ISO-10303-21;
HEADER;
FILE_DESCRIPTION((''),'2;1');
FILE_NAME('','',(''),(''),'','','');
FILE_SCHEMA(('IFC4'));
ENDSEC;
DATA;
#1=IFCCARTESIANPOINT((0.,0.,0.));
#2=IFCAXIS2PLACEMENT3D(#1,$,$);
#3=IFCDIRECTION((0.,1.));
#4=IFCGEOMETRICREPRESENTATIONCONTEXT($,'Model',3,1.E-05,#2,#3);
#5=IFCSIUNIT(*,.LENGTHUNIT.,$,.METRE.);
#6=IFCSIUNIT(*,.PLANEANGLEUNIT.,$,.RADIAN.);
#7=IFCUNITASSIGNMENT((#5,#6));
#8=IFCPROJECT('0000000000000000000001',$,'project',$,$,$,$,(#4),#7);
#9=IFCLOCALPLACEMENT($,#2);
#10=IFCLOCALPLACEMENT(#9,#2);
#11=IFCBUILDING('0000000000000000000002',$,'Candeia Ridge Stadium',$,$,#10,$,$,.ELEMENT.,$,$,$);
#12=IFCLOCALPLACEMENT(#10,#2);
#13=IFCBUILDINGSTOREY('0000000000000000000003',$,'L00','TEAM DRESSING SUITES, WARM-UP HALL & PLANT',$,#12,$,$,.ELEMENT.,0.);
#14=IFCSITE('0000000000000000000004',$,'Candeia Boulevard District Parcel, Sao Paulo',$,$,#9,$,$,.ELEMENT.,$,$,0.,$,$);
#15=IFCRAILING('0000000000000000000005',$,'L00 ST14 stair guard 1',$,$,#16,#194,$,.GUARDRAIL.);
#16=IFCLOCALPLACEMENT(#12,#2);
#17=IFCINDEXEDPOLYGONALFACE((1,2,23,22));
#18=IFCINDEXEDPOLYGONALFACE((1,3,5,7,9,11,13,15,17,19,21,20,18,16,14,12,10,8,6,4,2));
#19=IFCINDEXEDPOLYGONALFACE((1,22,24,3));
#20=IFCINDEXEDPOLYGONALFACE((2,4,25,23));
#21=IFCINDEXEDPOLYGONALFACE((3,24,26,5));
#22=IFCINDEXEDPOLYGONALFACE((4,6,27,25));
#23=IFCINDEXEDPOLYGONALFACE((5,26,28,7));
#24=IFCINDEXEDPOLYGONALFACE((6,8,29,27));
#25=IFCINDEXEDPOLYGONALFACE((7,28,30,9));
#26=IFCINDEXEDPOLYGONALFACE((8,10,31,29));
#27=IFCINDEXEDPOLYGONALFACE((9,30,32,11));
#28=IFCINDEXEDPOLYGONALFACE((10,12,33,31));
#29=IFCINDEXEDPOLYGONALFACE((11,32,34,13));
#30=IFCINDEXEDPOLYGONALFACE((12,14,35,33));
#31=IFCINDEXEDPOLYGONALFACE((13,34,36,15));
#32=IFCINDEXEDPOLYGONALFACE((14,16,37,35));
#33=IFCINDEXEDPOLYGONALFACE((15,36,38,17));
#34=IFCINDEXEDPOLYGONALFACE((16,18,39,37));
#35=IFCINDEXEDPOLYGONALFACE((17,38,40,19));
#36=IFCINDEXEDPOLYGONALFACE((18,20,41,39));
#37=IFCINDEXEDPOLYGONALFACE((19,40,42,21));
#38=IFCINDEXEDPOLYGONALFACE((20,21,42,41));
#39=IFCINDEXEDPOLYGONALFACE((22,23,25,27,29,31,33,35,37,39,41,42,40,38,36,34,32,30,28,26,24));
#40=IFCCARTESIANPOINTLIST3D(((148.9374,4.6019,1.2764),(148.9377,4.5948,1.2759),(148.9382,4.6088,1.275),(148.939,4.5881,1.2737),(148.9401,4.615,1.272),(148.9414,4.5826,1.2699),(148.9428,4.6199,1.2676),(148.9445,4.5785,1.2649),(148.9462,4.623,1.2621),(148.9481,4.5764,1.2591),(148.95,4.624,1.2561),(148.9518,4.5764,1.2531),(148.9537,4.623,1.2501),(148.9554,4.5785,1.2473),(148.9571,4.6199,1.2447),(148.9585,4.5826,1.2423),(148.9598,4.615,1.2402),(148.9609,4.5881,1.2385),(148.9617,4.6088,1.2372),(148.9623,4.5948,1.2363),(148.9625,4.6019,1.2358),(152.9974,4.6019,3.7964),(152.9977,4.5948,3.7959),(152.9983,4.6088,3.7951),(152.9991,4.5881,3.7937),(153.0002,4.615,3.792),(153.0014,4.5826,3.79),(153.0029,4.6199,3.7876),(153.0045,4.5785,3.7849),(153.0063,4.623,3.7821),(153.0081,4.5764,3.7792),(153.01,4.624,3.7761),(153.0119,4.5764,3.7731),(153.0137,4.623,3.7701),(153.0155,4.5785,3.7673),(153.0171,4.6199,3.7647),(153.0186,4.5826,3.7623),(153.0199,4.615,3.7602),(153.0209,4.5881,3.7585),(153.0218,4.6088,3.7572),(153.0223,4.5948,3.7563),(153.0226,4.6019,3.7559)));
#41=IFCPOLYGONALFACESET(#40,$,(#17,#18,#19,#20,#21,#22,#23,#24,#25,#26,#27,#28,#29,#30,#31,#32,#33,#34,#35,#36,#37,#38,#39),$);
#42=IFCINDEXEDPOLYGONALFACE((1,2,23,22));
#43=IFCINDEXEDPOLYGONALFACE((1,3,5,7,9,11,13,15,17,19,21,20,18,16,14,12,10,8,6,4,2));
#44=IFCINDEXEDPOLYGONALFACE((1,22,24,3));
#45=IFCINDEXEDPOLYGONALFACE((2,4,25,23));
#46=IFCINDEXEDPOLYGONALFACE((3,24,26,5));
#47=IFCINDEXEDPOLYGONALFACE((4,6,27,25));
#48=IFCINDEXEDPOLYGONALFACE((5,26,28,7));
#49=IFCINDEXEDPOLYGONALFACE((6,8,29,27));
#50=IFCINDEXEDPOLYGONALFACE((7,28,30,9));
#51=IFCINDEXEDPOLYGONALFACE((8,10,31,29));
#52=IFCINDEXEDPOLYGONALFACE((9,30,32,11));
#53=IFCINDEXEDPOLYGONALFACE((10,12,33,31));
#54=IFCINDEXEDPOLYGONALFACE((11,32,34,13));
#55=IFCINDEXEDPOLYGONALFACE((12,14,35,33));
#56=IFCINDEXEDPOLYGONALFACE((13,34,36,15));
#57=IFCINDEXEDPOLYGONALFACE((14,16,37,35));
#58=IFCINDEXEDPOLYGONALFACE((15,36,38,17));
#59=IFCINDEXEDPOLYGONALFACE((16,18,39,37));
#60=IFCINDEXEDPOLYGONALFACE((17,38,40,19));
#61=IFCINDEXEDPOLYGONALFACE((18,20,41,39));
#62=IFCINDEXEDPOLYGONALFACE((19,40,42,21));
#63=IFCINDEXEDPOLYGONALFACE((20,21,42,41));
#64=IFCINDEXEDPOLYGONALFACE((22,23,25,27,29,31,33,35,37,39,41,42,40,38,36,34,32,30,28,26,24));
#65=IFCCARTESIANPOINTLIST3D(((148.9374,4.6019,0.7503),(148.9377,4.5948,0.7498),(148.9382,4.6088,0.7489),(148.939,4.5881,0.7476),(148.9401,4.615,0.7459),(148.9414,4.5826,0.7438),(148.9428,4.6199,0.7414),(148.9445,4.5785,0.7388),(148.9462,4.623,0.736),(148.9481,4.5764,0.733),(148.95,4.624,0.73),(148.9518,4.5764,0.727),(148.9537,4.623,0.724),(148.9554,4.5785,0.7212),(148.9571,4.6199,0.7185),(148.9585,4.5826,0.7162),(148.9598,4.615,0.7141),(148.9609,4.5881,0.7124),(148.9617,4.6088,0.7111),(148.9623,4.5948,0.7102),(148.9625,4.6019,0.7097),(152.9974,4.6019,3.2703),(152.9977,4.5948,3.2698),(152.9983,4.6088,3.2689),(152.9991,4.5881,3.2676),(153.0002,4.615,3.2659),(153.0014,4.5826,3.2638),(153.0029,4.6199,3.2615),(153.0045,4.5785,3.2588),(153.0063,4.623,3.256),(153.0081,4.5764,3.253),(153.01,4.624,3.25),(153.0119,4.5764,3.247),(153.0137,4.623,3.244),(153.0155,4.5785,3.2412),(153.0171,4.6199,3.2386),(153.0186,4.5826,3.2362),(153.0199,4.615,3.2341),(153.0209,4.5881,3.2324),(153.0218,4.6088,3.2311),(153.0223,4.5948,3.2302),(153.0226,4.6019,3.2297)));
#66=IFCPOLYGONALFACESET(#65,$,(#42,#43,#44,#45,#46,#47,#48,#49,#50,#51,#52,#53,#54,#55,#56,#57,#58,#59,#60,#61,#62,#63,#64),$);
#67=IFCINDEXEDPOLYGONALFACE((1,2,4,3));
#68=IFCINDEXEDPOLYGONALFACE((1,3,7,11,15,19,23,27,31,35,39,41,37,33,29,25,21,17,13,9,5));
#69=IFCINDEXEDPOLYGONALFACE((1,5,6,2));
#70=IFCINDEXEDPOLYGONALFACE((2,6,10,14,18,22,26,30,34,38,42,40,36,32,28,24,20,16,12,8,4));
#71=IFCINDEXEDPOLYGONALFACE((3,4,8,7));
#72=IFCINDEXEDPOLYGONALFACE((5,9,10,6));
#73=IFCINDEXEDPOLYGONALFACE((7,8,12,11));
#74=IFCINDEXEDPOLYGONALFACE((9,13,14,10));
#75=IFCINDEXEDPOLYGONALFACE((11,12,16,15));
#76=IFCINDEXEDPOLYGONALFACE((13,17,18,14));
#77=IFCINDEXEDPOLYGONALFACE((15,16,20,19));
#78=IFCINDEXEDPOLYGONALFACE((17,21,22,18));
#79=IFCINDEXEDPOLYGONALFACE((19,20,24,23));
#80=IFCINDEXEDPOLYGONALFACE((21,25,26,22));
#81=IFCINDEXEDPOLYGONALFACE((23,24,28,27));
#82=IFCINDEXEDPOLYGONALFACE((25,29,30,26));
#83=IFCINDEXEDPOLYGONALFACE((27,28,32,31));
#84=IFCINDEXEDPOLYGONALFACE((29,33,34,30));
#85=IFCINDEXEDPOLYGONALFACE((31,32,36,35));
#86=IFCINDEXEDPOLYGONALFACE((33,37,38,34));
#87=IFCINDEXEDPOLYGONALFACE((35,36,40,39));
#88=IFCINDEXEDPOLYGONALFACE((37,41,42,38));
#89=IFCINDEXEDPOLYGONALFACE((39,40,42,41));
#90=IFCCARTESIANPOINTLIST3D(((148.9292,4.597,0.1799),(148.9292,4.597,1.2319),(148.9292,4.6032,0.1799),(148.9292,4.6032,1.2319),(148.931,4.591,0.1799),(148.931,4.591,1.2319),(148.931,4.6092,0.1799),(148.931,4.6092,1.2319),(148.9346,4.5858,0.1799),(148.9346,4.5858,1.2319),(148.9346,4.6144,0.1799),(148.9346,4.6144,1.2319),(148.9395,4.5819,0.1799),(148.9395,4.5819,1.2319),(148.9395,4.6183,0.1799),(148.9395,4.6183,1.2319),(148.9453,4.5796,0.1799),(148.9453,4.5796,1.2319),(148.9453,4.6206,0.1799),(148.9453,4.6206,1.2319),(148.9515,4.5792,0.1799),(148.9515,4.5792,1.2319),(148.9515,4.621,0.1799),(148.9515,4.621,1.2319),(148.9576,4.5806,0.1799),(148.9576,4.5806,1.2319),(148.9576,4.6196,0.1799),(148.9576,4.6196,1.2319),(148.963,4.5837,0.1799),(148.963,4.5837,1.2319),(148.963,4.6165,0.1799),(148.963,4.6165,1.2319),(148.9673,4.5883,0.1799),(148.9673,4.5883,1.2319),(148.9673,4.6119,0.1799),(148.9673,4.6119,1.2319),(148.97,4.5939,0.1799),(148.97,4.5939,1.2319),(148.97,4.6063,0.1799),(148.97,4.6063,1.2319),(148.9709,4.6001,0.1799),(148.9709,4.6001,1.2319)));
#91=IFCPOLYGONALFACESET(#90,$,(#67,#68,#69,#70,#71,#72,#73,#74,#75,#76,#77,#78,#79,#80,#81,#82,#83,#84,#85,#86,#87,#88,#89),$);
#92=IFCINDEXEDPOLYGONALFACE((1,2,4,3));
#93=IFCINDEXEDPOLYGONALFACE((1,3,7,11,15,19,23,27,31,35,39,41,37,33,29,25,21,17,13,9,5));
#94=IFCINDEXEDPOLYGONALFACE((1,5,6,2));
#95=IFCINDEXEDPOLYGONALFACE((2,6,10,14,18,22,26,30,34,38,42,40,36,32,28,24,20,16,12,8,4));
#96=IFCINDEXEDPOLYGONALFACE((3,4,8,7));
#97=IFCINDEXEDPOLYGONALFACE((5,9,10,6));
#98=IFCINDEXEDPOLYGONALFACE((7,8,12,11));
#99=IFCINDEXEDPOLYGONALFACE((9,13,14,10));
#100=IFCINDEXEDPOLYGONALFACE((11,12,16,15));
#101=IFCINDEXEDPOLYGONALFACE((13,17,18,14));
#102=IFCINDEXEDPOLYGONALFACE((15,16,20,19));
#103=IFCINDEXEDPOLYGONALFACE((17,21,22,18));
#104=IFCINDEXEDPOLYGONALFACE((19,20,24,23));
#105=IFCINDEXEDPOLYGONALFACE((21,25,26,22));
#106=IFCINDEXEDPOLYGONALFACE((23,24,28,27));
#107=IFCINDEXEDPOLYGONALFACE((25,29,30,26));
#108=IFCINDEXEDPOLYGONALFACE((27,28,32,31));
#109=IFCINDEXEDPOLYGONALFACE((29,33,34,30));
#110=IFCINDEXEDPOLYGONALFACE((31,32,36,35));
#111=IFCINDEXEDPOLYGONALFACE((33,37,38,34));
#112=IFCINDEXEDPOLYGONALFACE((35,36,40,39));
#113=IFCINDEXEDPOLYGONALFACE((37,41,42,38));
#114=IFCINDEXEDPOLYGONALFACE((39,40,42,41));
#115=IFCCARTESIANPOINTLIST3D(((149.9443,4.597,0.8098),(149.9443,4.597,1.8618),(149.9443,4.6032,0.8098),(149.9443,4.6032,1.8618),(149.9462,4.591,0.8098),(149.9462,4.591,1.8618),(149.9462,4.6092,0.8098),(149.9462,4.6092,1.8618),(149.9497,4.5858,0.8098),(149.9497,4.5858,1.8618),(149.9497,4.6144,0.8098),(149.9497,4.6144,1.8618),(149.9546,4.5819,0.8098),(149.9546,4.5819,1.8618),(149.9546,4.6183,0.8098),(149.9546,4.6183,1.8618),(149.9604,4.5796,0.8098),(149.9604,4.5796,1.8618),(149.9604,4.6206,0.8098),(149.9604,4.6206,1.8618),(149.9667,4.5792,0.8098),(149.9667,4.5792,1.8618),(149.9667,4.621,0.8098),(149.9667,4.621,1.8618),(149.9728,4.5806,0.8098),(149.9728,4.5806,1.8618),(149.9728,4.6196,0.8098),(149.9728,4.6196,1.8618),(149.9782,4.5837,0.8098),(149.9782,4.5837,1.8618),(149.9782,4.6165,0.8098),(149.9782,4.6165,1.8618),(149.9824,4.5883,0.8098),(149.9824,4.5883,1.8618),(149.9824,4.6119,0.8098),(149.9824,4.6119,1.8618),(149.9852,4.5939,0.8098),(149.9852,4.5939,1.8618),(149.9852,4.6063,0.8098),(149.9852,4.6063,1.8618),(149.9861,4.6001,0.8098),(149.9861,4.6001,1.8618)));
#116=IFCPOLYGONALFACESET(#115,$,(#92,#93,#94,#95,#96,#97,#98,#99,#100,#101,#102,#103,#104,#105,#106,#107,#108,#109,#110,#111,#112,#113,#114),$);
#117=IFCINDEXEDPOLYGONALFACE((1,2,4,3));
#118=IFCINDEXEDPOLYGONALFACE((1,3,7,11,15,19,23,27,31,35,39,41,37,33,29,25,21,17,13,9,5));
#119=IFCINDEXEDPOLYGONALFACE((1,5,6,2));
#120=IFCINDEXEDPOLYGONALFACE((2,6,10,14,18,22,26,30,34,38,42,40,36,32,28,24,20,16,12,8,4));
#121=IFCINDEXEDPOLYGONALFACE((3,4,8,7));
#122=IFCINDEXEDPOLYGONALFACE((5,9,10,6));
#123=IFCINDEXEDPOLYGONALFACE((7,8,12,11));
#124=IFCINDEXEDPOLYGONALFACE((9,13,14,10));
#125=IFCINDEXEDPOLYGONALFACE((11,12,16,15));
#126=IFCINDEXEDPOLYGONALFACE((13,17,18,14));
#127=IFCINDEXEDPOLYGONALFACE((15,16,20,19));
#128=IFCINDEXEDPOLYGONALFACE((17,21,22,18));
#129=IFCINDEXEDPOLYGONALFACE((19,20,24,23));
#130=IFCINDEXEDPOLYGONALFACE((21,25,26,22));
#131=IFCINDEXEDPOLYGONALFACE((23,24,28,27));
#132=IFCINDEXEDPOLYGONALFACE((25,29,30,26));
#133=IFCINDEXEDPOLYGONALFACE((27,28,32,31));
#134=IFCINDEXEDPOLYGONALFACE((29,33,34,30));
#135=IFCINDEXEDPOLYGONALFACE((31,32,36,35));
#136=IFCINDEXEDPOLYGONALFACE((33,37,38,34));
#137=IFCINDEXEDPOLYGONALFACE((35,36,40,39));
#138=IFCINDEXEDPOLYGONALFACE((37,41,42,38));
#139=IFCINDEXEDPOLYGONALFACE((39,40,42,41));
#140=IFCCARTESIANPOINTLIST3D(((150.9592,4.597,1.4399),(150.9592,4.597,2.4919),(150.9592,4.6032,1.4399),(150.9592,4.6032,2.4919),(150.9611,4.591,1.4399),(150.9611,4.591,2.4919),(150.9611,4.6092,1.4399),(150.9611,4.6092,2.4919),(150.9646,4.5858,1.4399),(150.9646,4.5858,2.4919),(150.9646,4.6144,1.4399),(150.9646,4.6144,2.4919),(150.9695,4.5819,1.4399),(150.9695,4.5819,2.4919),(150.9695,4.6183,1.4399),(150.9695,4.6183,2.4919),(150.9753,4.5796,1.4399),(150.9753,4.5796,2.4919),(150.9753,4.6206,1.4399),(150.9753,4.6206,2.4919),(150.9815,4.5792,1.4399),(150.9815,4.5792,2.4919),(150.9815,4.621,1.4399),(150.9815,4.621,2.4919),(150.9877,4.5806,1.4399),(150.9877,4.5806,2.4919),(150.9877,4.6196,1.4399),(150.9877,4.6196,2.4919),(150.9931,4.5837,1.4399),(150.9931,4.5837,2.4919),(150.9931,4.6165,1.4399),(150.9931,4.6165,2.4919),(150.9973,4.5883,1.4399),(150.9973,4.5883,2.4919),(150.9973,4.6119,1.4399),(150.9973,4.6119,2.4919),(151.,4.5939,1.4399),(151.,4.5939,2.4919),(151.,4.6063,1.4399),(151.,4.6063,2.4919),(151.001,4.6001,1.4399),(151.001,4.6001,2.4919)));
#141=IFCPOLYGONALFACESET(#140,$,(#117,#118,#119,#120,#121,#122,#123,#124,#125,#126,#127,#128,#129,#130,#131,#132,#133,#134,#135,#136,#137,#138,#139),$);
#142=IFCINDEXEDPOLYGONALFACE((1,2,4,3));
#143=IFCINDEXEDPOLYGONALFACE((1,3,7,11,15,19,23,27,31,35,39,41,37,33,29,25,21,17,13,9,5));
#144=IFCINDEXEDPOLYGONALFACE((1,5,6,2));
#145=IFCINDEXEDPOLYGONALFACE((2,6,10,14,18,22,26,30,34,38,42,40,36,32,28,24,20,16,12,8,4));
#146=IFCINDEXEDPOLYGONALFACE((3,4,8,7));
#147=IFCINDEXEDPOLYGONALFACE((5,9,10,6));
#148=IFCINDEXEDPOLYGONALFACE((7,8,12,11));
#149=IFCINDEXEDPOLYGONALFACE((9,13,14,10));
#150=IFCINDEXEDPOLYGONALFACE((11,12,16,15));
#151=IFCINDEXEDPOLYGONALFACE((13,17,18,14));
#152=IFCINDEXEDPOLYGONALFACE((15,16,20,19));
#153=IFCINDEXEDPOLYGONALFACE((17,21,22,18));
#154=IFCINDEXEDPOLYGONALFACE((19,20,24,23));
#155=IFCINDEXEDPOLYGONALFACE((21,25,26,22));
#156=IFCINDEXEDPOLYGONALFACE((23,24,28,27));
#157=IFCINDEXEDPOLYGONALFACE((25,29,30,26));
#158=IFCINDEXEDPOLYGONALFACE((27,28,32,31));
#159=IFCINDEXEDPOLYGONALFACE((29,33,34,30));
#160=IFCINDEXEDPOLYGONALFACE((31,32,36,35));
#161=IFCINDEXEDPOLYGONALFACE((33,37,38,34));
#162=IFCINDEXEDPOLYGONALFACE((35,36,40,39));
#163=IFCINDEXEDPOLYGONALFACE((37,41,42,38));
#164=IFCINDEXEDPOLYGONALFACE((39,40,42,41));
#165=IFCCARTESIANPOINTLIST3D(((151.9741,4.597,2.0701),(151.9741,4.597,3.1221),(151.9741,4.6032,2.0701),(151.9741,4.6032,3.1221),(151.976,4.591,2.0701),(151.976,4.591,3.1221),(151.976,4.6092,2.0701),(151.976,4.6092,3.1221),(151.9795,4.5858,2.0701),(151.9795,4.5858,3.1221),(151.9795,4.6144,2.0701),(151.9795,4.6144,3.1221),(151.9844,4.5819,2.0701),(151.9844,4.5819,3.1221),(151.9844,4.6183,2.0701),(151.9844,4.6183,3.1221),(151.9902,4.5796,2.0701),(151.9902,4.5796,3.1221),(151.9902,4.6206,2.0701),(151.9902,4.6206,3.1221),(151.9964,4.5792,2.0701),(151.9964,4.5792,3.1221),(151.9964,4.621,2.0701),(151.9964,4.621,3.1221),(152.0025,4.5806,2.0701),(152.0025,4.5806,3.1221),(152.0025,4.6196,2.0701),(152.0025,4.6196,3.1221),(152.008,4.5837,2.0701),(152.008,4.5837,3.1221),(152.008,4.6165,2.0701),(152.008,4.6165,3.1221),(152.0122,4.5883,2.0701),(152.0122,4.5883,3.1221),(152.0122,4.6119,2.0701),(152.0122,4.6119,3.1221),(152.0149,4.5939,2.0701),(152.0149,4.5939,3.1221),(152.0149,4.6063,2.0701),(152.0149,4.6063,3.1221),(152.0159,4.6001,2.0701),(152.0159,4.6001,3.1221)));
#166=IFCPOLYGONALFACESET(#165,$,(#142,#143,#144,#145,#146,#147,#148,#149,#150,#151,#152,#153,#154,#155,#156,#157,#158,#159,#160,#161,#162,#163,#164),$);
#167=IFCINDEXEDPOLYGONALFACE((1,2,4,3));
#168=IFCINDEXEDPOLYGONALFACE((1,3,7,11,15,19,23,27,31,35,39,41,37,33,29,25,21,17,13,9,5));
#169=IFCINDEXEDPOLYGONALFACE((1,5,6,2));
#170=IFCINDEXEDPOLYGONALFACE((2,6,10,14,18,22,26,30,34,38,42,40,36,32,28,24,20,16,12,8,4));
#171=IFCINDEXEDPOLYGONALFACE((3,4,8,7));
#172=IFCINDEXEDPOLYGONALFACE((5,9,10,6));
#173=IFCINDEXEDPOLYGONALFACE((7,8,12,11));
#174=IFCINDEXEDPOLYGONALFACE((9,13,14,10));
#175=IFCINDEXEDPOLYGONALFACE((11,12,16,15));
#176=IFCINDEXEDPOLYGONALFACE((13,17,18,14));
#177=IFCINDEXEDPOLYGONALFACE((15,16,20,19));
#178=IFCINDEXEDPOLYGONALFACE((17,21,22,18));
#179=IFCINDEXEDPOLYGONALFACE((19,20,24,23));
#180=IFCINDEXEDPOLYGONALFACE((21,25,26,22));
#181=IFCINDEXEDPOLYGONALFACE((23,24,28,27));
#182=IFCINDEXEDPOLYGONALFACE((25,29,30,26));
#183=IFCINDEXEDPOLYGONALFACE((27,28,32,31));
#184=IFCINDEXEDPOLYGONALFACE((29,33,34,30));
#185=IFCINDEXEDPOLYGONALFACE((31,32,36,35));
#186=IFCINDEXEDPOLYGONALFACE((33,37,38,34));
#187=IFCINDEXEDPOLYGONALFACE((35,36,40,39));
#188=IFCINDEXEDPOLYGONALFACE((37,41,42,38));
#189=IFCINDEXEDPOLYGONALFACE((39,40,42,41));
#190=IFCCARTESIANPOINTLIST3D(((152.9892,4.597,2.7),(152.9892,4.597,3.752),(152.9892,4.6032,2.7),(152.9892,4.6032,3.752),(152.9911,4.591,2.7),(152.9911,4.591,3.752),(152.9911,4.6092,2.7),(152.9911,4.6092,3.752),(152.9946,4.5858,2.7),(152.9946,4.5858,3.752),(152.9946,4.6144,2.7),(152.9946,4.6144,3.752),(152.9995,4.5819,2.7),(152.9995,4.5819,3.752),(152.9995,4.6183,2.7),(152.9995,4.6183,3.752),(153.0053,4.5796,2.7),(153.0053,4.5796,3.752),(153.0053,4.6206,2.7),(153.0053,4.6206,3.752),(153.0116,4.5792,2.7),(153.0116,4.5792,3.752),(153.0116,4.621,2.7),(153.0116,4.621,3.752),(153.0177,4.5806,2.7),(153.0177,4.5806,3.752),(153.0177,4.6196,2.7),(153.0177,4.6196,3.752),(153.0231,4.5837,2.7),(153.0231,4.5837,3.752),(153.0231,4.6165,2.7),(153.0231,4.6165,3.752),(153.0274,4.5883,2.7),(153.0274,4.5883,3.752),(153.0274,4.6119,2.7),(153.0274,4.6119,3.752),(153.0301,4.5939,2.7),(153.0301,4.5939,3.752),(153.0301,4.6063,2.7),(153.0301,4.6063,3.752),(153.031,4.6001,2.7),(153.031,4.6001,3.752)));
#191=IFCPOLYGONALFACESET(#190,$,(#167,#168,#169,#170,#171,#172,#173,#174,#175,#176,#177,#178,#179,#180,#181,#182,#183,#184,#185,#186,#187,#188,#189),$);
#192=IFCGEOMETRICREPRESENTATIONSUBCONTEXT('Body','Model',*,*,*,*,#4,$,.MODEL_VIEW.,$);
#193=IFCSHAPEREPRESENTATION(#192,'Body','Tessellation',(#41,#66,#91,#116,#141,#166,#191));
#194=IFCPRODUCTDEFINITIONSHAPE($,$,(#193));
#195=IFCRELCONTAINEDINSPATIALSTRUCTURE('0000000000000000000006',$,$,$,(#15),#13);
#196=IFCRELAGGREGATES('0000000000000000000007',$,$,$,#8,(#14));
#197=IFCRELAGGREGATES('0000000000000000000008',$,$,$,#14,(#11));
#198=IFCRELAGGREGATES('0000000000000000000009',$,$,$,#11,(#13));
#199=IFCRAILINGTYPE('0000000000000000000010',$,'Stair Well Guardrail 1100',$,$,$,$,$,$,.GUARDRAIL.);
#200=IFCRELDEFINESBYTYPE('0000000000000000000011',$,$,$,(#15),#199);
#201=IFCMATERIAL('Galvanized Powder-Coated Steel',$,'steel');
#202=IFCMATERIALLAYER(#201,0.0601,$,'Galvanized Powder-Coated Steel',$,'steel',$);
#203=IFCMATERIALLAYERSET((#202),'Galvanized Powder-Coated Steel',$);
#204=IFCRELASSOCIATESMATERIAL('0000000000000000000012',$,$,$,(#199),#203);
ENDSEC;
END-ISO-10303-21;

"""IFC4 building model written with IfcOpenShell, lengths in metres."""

from ifc_helpers import new_model, si_unit, direction, frame, origin, origin_2d, place, context, subcontext, project, spatial, circle, extrude, material, layer, layer_set, type_object, element, save


model = new_model("IFC4")

# Units and contexts
model_context = context("Model", 3, precision=1e-05, world=origin(), true_north=direction((0.0, 1.0)))
body_context = subcontext(model_context, "Body", "Model", "MODEL_VIEW")
ifc_project = project(units=[si_unit("LENGTHUNIT", "METRE"), si_unit("PLANEANGLEUNIT", "RADIAN")], contexts=[model_context])

# Site, building, storey
site_placement = place(None, origin())
site = spatial("IfcSite", under=ifc_project, at=site_placement, Name="Candeia Boulevard District Parcel, Sao Paulo", CompositionType="ELEMENT", RefElevation=0.0)
building_placement = place(site_placement, origin())
building = spatial("IfcBuilding", under=site, at=building_placement, Name="Candeia Ridge Stadium", CompositionType="ELEMENT")
storey_placement = place(building_placement, origin())
storey = spatial("IfcBuildingStorey", under=building, at=storey_placement, Name="L00", Description="TEAM DRESSING SUITES, WARM-UP HALL & PLANT", CompositionType="ELEMENT", Elevation=0.0)

# Railing
ifc_material_1 = material(Name="Galvanized Powder-Coated Steel", Category="steel")
ifc_layer_1 = layer(ifc_material_1, 0.0601, Name="Galvanized Powder-Coated Steel", Category="steel")
ifc_layer_set_1 = layer_set([ifc_layer_1], Name="Galvanized Powder-Coated Steel")
railing_type_1 = type_object("IfcRailingType", Name="Stair Well Guardrail 1100", PredefinedType="GUARDRAIL", material=ifc_layer_set_1)
railing_1_placement = place(storey_placement, frame((148.95, 4.6001, 0.1799)))
element("IfcRailing", 1, at=railing_1_placement, inside=storey, type_object=railing_type_1, Name="L00 ST14 stair guard 1", PredefinedType="GUARDRAIL", context=body_context, shape_type="SweptSolid", body=[
    extrude(circle(Radius=0.0239, at=origin_2d()), frame((0.0, 0.0, 1.0762), z_axis=(0.849642, 0.0, 0.52736), x_axis=(0.0, 1.0, 0.0)), (0.0, 0.0, 1.0), 4.7786),
    extrude(circle(Radius=0.0239, at=origin_2d()), frame((0.0, 0.0, 0.55), z_axis=(0.849642, 0.0, 0.52736), x_axis=(0.0, 1.0, 0.0)), (0.0, 0.0, 1.0), 4.7786),
    extrude(circle(Radius=0.021, at=origin_2d()), origin(), (0.0, 0.0, 1.0), 1.052),
    extrude(circle(Radius=0.021, at=origin_2d()), frame((1.0151, 0.0, 0.6299)), (0.0, 0.0, 1.0), 1.052),
    extrude(circle(Radius=0.021, at=origin_2d()), frame((2.03, 0.0, 1.26)), (0.0, 0.0, 1.0), 1.052),
    extrude(circle(Radius=0.021, at=origin_2d()), frame((3.0449, 0.0, 1.8901)), (0.0, 0.0, 1.0), 1.052),
    extrude(circle(Radius=0.021, at=origin_2d()), frame((4.0601, 0.0, 2.52)), (0.0, 0.0, 1.0), 1.052),
])

save(model, "model.ifc")
